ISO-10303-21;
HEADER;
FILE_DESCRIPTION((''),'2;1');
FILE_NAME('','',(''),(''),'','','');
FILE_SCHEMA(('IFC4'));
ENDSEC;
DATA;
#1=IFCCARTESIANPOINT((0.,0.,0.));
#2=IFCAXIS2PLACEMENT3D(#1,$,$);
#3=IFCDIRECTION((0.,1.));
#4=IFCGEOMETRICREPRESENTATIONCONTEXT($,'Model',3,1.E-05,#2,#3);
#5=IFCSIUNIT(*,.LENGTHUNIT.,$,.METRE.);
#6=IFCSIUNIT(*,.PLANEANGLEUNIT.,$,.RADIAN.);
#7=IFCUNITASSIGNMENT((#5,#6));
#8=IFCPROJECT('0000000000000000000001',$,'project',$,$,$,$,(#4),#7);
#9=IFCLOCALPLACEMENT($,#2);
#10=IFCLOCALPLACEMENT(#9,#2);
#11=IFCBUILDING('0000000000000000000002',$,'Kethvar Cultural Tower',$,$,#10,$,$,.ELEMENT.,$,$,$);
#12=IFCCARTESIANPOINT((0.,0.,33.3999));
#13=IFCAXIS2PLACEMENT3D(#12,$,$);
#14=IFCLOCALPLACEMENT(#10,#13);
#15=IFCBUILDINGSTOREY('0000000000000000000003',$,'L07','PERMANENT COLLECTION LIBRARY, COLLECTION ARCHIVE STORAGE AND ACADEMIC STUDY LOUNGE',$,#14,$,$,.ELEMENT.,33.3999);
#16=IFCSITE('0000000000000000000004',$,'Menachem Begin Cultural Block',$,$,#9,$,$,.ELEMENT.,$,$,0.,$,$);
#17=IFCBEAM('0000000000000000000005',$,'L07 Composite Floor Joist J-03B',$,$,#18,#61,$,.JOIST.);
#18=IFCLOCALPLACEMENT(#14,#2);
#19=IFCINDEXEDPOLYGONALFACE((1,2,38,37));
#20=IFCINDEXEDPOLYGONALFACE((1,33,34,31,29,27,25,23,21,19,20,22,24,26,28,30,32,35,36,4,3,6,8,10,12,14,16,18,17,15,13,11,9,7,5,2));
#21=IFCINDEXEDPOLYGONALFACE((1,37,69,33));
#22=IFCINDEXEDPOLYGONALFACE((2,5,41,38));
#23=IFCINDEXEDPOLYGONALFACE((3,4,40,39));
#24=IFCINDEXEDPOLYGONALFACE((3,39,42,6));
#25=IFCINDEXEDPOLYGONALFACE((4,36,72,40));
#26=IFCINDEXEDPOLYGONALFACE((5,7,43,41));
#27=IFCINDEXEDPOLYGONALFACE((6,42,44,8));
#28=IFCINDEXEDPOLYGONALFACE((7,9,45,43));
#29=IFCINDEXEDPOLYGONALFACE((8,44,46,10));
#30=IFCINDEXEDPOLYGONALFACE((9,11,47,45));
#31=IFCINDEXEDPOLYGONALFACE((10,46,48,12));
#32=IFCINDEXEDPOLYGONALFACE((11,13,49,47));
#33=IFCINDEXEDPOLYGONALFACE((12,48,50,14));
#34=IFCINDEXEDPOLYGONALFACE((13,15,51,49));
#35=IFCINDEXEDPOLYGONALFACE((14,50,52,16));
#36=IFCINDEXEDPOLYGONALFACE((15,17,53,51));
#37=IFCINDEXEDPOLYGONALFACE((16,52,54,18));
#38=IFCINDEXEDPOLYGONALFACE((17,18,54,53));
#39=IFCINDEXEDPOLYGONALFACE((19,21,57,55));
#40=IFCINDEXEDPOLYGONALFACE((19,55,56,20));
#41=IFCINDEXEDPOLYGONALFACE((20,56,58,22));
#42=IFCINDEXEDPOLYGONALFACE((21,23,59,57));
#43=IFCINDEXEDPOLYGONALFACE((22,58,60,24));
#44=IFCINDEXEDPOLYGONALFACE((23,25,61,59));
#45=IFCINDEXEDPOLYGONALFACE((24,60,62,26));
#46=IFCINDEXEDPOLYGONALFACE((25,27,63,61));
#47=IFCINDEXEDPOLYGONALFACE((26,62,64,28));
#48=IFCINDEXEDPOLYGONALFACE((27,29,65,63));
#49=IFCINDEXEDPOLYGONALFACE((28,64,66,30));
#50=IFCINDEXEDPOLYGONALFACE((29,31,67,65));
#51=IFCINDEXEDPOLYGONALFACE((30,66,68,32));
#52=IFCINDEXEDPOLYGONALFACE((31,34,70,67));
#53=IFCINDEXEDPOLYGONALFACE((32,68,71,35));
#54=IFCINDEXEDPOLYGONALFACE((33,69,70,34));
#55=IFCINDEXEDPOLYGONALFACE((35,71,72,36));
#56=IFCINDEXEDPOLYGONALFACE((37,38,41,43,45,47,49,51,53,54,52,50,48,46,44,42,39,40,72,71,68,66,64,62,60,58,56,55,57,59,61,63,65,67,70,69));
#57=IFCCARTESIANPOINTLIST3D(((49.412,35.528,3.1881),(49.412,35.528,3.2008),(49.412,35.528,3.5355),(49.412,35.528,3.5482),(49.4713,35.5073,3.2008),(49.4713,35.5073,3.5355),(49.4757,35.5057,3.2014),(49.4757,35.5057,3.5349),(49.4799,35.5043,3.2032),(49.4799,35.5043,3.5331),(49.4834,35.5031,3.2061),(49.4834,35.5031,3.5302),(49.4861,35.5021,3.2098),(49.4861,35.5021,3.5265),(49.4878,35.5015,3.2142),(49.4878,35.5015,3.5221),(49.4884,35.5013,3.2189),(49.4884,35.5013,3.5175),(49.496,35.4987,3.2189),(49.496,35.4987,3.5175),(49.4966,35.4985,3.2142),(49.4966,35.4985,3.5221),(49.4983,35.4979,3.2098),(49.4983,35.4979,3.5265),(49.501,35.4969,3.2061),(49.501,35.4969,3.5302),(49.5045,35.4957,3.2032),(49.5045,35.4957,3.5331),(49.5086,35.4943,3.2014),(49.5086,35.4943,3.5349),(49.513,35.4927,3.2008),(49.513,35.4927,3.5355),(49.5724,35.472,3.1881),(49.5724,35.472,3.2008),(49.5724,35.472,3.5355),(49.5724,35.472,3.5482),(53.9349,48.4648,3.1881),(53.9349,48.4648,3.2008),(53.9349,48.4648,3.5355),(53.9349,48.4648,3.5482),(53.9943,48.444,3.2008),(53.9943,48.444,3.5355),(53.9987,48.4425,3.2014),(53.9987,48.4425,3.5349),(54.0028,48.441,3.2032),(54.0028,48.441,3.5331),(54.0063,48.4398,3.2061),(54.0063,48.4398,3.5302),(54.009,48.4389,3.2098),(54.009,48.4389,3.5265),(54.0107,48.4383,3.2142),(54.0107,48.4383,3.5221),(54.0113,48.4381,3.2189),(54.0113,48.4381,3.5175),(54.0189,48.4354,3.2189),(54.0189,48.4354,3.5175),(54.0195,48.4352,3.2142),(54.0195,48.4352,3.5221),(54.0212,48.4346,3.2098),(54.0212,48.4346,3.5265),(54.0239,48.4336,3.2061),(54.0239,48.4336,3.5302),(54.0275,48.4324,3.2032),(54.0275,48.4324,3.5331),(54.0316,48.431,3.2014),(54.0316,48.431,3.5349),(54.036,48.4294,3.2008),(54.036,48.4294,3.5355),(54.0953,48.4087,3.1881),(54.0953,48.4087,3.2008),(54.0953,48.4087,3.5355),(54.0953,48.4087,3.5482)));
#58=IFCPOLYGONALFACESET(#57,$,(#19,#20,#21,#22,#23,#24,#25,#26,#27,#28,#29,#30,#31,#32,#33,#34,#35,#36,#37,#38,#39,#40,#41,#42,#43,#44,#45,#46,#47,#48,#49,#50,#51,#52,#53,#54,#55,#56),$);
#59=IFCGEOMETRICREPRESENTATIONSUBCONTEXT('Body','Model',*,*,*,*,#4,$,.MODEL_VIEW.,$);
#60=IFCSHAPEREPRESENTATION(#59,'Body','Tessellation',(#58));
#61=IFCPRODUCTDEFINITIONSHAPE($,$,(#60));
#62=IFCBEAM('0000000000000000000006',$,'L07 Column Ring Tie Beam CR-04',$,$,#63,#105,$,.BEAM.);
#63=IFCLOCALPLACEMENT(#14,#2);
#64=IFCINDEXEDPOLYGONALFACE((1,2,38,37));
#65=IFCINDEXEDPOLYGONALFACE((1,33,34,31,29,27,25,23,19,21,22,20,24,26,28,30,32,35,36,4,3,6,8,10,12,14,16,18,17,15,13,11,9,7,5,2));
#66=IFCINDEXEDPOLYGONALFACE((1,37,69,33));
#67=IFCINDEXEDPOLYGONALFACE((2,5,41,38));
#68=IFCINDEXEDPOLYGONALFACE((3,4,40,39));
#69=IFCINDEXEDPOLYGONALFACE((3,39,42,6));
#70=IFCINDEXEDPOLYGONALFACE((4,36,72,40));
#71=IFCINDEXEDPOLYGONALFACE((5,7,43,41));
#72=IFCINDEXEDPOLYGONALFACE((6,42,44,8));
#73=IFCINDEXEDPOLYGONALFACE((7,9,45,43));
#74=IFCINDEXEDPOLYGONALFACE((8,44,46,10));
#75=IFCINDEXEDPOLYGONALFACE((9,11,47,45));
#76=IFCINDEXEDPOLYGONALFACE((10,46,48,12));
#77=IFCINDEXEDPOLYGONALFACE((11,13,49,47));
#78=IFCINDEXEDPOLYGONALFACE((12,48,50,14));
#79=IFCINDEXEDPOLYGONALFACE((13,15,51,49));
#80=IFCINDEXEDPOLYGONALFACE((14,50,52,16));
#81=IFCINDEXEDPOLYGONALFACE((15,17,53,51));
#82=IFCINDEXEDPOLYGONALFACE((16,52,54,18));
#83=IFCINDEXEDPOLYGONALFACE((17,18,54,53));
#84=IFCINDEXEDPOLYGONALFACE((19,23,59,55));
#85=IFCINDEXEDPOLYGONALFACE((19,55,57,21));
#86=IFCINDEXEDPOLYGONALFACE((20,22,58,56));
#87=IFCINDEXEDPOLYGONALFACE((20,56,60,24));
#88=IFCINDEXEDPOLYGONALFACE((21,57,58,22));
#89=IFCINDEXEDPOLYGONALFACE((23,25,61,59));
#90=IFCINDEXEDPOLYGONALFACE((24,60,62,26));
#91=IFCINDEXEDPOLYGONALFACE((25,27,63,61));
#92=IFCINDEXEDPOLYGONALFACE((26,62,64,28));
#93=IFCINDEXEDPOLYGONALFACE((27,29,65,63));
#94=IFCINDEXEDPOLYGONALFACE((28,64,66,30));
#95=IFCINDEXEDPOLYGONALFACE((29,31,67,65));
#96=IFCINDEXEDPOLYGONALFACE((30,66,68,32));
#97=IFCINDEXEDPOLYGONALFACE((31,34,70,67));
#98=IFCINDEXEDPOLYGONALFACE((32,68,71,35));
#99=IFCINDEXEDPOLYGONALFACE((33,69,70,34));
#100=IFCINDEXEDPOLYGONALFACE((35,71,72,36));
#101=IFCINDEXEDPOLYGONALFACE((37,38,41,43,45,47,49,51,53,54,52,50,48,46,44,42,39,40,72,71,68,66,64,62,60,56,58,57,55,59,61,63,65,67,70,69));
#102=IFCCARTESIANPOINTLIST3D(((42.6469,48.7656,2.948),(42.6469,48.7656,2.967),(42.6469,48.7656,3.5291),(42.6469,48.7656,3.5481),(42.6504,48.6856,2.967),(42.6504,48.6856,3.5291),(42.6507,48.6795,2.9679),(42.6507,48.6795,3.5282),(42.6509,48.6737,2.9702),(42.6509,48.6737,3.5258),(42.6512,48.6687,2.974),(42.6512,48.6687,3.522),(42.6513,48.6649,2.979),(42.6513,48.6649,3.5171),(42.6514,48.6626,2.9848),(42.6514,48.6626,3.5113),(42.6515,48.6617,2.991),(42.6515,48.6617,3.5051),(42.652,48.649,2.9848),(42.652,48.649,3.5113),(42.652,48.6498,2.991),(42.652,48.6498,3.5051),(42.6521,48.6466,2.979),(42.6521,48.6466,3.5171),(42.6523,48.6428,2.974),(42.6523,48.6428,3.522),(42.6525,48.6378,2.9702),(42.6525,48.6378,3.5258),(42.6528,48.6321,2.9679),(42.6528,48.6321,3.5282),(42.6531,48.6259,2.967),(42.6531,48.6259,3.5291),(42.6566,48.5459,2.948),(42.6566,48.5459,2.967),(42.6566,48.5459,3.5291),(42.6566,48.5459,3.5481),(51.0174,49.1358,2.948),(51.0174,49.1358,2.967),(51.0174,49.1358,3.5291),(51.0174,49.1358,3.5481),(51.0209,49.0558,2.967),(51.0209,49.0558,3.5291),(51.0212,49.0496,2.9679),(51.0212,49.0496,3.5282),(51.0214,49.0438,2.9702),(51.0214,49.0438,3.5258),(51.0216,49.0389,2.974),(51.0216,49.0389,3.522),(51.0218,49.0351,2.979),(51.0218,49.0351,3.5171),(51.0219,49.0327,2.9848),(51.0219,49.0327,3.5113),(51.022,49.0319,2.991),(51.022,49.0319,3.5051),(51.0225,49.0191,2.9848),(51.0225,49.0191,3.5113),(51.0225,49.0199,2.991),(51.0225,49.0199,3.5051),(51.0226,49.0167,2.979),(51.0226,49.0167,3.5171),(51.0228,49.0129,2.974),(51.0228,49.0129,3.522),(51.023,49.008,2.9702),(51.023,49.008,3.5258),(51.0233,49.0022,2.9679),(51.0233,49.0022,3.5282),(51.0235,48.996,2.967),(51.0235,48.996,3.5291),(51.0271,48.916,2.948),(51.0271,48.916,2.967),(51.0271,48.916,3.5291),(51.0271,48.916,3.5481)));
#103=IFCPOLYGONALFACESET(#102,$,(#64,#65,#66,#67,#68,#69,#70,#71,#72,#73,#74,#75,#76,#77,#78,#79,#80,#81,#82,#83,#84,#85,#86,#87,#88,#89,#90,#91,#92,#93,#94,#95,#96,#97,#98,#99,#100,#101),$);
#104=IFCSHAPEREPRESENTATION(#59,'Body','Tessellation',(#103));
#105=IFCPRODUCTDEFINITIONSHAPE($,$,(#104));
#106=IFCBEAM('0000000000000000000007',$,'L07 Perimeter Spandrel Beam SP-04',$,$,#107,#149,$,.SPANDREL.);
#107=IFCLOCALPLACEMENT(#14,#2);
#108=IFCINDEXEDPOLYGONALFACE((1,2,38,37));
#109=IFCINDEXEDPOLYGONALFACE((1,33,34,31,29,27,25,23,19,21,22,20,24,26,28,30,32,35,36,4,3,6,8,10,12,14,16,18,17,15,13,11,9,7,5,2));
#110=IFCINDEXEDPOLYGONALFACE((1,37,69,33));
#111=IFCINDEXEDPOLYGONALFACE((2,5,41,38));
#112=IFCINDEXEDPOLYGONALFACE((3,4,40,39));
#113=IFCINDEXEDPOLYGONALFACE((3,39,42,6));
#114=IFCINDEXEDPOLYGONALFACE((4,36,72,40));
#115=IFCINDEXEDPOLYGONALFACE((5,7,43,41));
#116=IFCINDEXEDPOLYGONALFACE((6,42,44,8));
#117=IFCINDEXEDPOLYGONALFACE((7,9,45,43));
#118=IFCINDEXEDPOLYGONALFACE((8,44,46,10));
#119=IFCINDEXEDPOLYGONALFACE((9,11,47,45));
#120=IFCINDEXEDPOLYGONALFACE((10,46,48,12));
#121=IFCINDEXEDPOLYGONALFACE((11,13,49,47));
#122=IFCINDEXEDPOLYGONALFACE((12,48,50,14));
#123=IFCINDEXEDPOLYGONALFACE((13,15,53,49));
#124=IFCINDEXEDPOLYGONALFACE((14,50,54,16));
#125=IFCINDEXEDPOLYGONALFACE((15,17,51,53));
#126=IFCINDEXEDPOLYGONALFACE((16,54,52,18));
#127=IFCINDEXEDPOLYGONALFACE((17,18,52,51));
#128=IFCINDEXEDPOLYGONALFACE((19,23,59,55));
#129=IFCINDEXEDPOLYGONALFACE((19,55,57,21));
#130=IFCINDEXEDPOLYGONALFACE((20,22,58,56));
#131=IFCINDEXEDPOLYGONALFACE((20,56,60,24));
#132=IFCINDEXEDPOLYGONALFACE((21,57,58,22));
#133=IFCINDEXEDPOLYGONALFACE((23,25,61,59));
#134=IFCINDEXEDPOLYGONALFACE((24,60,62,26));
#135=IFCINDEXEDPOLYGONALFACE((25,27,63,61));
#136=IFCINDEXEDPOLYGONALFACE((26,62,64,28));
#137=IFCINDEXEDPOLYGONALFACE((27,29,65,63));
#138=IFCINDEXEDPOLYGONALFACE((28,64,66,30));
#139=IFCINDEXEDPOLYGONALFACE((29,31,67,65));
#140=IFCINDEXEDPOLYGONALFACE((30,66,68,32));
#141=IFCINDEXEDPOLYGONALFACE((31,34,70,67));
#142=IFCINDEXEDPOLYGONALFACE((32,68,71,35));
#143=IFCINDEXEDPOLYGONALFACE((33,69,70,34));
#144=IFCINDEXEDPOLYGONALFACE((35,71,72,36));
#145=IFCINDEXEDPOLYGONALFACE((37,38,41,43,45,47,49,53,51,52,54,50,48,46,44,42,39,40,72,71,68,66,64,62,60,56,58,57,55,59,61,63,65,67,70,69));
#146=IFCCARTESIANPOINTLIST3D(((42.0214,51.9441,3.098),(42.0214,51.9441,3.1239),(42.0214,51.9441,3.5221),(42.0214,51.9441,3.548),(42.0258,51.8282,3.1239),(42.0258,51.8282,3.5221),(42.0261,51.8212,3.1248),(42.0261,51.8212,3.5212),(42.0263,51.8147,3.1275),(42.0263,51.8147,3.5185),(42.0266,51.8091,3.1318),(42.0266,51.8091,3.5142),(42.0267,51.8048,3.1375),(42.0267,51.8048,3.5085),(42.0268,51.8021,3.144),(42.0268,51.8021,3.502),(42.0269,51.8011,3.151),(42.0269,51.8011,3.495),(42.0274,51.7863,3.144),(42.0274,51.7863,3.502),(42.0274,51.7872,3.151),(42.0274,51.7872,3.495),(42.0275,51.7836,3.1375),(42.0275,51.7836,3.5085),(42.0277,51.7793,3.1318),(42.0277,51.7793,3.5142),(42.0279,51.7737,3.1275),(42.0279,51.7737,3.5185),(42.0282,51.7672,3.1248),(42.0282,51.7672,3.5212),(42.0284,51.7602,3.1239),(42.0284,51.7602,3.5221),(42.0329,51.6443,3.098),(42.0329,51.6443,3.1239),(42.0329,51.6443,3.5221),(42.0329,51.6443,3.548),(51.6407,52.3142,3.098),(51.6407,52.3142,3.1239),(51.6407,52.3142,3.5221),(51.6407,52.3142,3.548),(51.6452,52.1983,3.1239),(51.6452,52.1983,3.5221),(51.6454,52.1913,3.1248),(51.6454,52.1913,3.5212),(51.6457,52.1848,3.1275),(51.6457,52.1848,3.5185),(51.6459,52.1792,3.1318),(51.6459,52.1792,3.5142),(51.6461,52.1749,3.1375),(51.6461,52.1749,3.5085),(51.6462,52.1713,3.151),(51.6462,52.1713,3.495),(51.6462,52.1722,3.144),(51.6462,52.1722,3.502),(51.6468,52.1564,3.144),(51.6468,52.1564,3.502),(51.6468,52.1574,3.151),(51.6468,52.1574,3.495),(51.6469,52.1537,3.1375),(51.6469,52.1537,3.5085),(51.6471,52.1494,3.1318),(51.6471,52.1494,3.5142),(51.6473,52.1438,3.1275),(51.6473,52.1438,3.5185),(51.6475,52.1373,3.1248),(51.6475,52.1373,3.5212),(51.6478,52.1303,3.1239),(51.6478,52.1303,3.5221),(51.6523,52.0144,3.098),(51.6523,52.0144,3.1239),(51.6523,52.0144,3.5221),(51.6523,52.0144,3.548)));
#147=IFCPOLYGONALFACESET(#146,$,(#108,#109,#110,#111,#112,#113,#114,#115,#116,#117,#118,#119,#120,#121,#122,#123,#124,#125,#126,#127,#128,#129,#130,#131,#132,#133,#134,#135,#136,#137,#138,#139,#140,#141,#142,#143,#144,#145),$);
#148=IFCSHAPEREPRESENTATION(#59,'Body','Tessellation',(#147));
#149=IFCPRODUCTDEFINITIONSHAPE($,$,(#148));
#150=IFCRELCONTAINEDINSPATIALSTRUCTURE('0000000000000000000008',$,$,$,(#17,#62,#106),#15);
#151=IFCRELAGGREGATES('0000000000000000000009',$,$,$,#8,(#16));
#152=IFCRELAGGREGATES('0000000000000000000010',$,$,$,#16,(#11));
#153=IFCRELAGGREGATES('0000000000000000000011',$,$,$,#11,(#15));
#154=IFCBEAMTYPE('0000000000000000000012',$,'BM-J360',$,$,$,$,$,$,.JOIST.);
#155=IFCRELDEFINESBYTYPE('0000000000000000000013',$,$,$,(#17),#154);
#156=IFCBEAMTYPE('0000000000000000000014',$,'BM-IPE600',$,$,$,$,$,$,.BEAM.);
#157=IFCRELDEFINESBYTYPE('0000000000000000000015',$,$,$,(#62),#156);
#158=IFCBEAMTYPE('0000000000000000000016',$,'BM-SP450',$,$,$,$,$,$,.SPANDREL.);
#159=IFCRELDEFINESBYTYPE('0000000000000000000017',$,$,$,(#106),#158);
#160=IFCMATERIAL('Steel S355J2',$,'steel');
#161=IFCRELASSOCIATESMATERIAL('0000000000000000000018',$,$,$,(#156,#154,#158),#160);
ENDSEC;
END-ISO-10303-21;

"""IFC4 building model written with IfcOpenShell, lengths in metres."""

from ifc_helpers import new_model, si_unit, direction, frame, origin, origin_2d, place, context, subcontext, project, spatial, i_section, extrude, source, transform, mapped, material, material_profile, profile_set, type_object, element, save


model = new_model("IFC4")

# Units and contexts
model_context = context("Model", 3, precision=1e-05, world=origin(), true_north=direction((0.0, 1.0)))
body_context = subcontext(model_context, "Body", "Model", "MODEL_VIEW")
ifc_project = project(units=[si_unit("LENGTHUNIT", "METRE"), si_unit("PLANEANGLEUNIT", "RADIAN")], contexts=[model_context])

# Site, building, storey
site_placement = place(None, origin())
site = spatial("IfcSite", under=ifc_project, at=site_placement, Name="Menachem Begin Cultural Block", CompositionType="ELEMENT", RefElevation=0.0)
building_placement = place(site_placement, origin())
building = spatial("IfcBuilding", under=site, at=building_placement, Name="Kethvar Cultural Tower", CompositionType="ELEMENT")
storey_placement = place(building_placement, frame((0.0, 0.0, 33.3999)))
storey = spatial("IfcBuildingStorey", under=building, at=storey_placement, Name="L07", Description="PERMANENT COLLECTION LIBRARY, COLLECTION ARCHIVE STORAGE AND ACADEMIC STUDY LOUNGE", CompositionType="ELEMENT", Elevation=33.3999)

# Beams
ifc_material_1 = material(Name="Steel S355J2", Category="steel")
ifc_material_profile_1 = material_profile(ifc_material_1, i_section(OverallWidth=0.22, OverallDepth=0.6001, WebThickness=0.012, FlangeThickness=0.019, FilletRadius=0.0239, at=origin_2d()), Name="Steel S355J2 — IPE600")
ifc_profile_set_1 = profile_set([ifc_material_profile_1], Name="Steel S355J2 — IPE600")
beam_type_1 = type_object("IfcBeamType", Name="BM-IPE600", PredefinedType="BEAM", material=ifc_profile_set_1)
ifc_material_profile_2 = material_profile(ifc_material_1, i_section(OverallWidth=0.1699, OverallDepth=0.3601, WebThickness=0.0081, FlangeThickness=0.0127, FilletRadius=0.0181, at=origin_2d()), Name="Steel S355J2 — IPE360")
ifc_profile_set_2 = profile_set([ifc_material_profile_2], Name="Steel S355J2 — IPE360")
beam_type_2 = type_object("IfcBeamType", Name="BM-J360", PredefinedType="JOIST", material=ifc_profile_set_2)
shared_shape_1 = source(origin(), body_context, "Body", "SweptSolid", [
    extrude(i_section(OverallWidth=0.1699, OverallDepth=0.3601, WebThickness=0.0081, FlangeThickness=0.0127, FilletRadius=0.0181, at=origin_2d()), origin(), (0.0, 0.0, 1.0), 13.7046),
])
beam_1_placement = place(storey_placement, frame((49.4922, 35.5, 3.3682), z_axis=(0.330031, 0.94397, 0.0), x_axis=(-0.94397, 0.330031, 0.0)))
element("IfcBeam", 1, at=beam_1_placement, inside=storey, type_object=beam_type_2, Name="L07 Composite Floor Joist J-03B", PredefinedType="JOIST", context=body_context, shape_type="MappedRepresentation", body=[
    mapped(shared_shape_1, transform((0.0, 0.0, 0.0), scale=1.0)),
])
shared_shape_2 = source(origin(), body_context, "Body", "SweptSolid", [
    extrude(i_section(OverallWidth=0.22, OverallDepth=0.6001, WebThickness=0.012, FlangeThickness=0.019, FilletRadius=0.0239, at=origin_2d()), origin(), (0.0, 0.0, 1.0), 8.3787),
])
beam_2_placement = place(storey_placement, frame((51.0222, 49.0259, 3.248), z_axis=(-0.999024, -0.044173, 0.0), x_axis=(0.044173, -0.999024, 0.0)))
element("IfcBeam", 2, at=beam_2_placement, inside=storey, type_object=beam_type_1, Name="L07 Column Ring Tie Beam CR-04", PredefinedType="BEAM", context=body_context, shape_type="MappedRepresentation", body=[
    mapped(shared_shape_2, transform((0.0, 0.0, 0.0), scale=1.0)),
])
ifc_material_profile_3 = material_profile(ifc_material_1, i_section(OverallWidth=0.3, OverallDepth=0.45, WebThickness=0.0139, FlangeThickness=0.0259, FilletRadius=0.0271, at=origin_2d()), Name="Steel S355J2 — HEB450")
ifc_profile_set_3 = profile_set([ifc_material_profile_3], Name="Steel S355J2 — HEB450")
beam_type_3 = type_object("IfcBeamType", Name="BM-SP450", PredefinedType="SPANDREL", material=ifc_profile_set_3)
shared_shape_3 = source(origin(), body_context, "Body", "SweptSolid", [
    extrude(i_section(OverallWidth=0.3, OverallDepth=0.45, WebThickness=0.0139, FlangeThickness=0.0259, FilletRadius=0.0271, at=origin_2d()), origin(), (0.0, 0.0, 1.0), 9.6265),
])
beam_3_placement = place(storey_placement, frame((51.6465, 52.1643, 3.323), z_axis=(-0.999261, -0.038448, 0.0), x_axis=(0.038448, -0.999261, 0.0)))
element("IfcBeam", 3, at=beam_3_placement, inside=storey, type_object=beam_type_3, Name="L07 Perimeter Spandrel Beam SP-04", PredefinedType="SPANDREL", context=body_context, shape_type="MappedRepresentation", body=[
    mapped(shared_shape_3, transform((0.0, 0.0, 0.0), scale=1.0)),
])

save(model, "model.ifc")
